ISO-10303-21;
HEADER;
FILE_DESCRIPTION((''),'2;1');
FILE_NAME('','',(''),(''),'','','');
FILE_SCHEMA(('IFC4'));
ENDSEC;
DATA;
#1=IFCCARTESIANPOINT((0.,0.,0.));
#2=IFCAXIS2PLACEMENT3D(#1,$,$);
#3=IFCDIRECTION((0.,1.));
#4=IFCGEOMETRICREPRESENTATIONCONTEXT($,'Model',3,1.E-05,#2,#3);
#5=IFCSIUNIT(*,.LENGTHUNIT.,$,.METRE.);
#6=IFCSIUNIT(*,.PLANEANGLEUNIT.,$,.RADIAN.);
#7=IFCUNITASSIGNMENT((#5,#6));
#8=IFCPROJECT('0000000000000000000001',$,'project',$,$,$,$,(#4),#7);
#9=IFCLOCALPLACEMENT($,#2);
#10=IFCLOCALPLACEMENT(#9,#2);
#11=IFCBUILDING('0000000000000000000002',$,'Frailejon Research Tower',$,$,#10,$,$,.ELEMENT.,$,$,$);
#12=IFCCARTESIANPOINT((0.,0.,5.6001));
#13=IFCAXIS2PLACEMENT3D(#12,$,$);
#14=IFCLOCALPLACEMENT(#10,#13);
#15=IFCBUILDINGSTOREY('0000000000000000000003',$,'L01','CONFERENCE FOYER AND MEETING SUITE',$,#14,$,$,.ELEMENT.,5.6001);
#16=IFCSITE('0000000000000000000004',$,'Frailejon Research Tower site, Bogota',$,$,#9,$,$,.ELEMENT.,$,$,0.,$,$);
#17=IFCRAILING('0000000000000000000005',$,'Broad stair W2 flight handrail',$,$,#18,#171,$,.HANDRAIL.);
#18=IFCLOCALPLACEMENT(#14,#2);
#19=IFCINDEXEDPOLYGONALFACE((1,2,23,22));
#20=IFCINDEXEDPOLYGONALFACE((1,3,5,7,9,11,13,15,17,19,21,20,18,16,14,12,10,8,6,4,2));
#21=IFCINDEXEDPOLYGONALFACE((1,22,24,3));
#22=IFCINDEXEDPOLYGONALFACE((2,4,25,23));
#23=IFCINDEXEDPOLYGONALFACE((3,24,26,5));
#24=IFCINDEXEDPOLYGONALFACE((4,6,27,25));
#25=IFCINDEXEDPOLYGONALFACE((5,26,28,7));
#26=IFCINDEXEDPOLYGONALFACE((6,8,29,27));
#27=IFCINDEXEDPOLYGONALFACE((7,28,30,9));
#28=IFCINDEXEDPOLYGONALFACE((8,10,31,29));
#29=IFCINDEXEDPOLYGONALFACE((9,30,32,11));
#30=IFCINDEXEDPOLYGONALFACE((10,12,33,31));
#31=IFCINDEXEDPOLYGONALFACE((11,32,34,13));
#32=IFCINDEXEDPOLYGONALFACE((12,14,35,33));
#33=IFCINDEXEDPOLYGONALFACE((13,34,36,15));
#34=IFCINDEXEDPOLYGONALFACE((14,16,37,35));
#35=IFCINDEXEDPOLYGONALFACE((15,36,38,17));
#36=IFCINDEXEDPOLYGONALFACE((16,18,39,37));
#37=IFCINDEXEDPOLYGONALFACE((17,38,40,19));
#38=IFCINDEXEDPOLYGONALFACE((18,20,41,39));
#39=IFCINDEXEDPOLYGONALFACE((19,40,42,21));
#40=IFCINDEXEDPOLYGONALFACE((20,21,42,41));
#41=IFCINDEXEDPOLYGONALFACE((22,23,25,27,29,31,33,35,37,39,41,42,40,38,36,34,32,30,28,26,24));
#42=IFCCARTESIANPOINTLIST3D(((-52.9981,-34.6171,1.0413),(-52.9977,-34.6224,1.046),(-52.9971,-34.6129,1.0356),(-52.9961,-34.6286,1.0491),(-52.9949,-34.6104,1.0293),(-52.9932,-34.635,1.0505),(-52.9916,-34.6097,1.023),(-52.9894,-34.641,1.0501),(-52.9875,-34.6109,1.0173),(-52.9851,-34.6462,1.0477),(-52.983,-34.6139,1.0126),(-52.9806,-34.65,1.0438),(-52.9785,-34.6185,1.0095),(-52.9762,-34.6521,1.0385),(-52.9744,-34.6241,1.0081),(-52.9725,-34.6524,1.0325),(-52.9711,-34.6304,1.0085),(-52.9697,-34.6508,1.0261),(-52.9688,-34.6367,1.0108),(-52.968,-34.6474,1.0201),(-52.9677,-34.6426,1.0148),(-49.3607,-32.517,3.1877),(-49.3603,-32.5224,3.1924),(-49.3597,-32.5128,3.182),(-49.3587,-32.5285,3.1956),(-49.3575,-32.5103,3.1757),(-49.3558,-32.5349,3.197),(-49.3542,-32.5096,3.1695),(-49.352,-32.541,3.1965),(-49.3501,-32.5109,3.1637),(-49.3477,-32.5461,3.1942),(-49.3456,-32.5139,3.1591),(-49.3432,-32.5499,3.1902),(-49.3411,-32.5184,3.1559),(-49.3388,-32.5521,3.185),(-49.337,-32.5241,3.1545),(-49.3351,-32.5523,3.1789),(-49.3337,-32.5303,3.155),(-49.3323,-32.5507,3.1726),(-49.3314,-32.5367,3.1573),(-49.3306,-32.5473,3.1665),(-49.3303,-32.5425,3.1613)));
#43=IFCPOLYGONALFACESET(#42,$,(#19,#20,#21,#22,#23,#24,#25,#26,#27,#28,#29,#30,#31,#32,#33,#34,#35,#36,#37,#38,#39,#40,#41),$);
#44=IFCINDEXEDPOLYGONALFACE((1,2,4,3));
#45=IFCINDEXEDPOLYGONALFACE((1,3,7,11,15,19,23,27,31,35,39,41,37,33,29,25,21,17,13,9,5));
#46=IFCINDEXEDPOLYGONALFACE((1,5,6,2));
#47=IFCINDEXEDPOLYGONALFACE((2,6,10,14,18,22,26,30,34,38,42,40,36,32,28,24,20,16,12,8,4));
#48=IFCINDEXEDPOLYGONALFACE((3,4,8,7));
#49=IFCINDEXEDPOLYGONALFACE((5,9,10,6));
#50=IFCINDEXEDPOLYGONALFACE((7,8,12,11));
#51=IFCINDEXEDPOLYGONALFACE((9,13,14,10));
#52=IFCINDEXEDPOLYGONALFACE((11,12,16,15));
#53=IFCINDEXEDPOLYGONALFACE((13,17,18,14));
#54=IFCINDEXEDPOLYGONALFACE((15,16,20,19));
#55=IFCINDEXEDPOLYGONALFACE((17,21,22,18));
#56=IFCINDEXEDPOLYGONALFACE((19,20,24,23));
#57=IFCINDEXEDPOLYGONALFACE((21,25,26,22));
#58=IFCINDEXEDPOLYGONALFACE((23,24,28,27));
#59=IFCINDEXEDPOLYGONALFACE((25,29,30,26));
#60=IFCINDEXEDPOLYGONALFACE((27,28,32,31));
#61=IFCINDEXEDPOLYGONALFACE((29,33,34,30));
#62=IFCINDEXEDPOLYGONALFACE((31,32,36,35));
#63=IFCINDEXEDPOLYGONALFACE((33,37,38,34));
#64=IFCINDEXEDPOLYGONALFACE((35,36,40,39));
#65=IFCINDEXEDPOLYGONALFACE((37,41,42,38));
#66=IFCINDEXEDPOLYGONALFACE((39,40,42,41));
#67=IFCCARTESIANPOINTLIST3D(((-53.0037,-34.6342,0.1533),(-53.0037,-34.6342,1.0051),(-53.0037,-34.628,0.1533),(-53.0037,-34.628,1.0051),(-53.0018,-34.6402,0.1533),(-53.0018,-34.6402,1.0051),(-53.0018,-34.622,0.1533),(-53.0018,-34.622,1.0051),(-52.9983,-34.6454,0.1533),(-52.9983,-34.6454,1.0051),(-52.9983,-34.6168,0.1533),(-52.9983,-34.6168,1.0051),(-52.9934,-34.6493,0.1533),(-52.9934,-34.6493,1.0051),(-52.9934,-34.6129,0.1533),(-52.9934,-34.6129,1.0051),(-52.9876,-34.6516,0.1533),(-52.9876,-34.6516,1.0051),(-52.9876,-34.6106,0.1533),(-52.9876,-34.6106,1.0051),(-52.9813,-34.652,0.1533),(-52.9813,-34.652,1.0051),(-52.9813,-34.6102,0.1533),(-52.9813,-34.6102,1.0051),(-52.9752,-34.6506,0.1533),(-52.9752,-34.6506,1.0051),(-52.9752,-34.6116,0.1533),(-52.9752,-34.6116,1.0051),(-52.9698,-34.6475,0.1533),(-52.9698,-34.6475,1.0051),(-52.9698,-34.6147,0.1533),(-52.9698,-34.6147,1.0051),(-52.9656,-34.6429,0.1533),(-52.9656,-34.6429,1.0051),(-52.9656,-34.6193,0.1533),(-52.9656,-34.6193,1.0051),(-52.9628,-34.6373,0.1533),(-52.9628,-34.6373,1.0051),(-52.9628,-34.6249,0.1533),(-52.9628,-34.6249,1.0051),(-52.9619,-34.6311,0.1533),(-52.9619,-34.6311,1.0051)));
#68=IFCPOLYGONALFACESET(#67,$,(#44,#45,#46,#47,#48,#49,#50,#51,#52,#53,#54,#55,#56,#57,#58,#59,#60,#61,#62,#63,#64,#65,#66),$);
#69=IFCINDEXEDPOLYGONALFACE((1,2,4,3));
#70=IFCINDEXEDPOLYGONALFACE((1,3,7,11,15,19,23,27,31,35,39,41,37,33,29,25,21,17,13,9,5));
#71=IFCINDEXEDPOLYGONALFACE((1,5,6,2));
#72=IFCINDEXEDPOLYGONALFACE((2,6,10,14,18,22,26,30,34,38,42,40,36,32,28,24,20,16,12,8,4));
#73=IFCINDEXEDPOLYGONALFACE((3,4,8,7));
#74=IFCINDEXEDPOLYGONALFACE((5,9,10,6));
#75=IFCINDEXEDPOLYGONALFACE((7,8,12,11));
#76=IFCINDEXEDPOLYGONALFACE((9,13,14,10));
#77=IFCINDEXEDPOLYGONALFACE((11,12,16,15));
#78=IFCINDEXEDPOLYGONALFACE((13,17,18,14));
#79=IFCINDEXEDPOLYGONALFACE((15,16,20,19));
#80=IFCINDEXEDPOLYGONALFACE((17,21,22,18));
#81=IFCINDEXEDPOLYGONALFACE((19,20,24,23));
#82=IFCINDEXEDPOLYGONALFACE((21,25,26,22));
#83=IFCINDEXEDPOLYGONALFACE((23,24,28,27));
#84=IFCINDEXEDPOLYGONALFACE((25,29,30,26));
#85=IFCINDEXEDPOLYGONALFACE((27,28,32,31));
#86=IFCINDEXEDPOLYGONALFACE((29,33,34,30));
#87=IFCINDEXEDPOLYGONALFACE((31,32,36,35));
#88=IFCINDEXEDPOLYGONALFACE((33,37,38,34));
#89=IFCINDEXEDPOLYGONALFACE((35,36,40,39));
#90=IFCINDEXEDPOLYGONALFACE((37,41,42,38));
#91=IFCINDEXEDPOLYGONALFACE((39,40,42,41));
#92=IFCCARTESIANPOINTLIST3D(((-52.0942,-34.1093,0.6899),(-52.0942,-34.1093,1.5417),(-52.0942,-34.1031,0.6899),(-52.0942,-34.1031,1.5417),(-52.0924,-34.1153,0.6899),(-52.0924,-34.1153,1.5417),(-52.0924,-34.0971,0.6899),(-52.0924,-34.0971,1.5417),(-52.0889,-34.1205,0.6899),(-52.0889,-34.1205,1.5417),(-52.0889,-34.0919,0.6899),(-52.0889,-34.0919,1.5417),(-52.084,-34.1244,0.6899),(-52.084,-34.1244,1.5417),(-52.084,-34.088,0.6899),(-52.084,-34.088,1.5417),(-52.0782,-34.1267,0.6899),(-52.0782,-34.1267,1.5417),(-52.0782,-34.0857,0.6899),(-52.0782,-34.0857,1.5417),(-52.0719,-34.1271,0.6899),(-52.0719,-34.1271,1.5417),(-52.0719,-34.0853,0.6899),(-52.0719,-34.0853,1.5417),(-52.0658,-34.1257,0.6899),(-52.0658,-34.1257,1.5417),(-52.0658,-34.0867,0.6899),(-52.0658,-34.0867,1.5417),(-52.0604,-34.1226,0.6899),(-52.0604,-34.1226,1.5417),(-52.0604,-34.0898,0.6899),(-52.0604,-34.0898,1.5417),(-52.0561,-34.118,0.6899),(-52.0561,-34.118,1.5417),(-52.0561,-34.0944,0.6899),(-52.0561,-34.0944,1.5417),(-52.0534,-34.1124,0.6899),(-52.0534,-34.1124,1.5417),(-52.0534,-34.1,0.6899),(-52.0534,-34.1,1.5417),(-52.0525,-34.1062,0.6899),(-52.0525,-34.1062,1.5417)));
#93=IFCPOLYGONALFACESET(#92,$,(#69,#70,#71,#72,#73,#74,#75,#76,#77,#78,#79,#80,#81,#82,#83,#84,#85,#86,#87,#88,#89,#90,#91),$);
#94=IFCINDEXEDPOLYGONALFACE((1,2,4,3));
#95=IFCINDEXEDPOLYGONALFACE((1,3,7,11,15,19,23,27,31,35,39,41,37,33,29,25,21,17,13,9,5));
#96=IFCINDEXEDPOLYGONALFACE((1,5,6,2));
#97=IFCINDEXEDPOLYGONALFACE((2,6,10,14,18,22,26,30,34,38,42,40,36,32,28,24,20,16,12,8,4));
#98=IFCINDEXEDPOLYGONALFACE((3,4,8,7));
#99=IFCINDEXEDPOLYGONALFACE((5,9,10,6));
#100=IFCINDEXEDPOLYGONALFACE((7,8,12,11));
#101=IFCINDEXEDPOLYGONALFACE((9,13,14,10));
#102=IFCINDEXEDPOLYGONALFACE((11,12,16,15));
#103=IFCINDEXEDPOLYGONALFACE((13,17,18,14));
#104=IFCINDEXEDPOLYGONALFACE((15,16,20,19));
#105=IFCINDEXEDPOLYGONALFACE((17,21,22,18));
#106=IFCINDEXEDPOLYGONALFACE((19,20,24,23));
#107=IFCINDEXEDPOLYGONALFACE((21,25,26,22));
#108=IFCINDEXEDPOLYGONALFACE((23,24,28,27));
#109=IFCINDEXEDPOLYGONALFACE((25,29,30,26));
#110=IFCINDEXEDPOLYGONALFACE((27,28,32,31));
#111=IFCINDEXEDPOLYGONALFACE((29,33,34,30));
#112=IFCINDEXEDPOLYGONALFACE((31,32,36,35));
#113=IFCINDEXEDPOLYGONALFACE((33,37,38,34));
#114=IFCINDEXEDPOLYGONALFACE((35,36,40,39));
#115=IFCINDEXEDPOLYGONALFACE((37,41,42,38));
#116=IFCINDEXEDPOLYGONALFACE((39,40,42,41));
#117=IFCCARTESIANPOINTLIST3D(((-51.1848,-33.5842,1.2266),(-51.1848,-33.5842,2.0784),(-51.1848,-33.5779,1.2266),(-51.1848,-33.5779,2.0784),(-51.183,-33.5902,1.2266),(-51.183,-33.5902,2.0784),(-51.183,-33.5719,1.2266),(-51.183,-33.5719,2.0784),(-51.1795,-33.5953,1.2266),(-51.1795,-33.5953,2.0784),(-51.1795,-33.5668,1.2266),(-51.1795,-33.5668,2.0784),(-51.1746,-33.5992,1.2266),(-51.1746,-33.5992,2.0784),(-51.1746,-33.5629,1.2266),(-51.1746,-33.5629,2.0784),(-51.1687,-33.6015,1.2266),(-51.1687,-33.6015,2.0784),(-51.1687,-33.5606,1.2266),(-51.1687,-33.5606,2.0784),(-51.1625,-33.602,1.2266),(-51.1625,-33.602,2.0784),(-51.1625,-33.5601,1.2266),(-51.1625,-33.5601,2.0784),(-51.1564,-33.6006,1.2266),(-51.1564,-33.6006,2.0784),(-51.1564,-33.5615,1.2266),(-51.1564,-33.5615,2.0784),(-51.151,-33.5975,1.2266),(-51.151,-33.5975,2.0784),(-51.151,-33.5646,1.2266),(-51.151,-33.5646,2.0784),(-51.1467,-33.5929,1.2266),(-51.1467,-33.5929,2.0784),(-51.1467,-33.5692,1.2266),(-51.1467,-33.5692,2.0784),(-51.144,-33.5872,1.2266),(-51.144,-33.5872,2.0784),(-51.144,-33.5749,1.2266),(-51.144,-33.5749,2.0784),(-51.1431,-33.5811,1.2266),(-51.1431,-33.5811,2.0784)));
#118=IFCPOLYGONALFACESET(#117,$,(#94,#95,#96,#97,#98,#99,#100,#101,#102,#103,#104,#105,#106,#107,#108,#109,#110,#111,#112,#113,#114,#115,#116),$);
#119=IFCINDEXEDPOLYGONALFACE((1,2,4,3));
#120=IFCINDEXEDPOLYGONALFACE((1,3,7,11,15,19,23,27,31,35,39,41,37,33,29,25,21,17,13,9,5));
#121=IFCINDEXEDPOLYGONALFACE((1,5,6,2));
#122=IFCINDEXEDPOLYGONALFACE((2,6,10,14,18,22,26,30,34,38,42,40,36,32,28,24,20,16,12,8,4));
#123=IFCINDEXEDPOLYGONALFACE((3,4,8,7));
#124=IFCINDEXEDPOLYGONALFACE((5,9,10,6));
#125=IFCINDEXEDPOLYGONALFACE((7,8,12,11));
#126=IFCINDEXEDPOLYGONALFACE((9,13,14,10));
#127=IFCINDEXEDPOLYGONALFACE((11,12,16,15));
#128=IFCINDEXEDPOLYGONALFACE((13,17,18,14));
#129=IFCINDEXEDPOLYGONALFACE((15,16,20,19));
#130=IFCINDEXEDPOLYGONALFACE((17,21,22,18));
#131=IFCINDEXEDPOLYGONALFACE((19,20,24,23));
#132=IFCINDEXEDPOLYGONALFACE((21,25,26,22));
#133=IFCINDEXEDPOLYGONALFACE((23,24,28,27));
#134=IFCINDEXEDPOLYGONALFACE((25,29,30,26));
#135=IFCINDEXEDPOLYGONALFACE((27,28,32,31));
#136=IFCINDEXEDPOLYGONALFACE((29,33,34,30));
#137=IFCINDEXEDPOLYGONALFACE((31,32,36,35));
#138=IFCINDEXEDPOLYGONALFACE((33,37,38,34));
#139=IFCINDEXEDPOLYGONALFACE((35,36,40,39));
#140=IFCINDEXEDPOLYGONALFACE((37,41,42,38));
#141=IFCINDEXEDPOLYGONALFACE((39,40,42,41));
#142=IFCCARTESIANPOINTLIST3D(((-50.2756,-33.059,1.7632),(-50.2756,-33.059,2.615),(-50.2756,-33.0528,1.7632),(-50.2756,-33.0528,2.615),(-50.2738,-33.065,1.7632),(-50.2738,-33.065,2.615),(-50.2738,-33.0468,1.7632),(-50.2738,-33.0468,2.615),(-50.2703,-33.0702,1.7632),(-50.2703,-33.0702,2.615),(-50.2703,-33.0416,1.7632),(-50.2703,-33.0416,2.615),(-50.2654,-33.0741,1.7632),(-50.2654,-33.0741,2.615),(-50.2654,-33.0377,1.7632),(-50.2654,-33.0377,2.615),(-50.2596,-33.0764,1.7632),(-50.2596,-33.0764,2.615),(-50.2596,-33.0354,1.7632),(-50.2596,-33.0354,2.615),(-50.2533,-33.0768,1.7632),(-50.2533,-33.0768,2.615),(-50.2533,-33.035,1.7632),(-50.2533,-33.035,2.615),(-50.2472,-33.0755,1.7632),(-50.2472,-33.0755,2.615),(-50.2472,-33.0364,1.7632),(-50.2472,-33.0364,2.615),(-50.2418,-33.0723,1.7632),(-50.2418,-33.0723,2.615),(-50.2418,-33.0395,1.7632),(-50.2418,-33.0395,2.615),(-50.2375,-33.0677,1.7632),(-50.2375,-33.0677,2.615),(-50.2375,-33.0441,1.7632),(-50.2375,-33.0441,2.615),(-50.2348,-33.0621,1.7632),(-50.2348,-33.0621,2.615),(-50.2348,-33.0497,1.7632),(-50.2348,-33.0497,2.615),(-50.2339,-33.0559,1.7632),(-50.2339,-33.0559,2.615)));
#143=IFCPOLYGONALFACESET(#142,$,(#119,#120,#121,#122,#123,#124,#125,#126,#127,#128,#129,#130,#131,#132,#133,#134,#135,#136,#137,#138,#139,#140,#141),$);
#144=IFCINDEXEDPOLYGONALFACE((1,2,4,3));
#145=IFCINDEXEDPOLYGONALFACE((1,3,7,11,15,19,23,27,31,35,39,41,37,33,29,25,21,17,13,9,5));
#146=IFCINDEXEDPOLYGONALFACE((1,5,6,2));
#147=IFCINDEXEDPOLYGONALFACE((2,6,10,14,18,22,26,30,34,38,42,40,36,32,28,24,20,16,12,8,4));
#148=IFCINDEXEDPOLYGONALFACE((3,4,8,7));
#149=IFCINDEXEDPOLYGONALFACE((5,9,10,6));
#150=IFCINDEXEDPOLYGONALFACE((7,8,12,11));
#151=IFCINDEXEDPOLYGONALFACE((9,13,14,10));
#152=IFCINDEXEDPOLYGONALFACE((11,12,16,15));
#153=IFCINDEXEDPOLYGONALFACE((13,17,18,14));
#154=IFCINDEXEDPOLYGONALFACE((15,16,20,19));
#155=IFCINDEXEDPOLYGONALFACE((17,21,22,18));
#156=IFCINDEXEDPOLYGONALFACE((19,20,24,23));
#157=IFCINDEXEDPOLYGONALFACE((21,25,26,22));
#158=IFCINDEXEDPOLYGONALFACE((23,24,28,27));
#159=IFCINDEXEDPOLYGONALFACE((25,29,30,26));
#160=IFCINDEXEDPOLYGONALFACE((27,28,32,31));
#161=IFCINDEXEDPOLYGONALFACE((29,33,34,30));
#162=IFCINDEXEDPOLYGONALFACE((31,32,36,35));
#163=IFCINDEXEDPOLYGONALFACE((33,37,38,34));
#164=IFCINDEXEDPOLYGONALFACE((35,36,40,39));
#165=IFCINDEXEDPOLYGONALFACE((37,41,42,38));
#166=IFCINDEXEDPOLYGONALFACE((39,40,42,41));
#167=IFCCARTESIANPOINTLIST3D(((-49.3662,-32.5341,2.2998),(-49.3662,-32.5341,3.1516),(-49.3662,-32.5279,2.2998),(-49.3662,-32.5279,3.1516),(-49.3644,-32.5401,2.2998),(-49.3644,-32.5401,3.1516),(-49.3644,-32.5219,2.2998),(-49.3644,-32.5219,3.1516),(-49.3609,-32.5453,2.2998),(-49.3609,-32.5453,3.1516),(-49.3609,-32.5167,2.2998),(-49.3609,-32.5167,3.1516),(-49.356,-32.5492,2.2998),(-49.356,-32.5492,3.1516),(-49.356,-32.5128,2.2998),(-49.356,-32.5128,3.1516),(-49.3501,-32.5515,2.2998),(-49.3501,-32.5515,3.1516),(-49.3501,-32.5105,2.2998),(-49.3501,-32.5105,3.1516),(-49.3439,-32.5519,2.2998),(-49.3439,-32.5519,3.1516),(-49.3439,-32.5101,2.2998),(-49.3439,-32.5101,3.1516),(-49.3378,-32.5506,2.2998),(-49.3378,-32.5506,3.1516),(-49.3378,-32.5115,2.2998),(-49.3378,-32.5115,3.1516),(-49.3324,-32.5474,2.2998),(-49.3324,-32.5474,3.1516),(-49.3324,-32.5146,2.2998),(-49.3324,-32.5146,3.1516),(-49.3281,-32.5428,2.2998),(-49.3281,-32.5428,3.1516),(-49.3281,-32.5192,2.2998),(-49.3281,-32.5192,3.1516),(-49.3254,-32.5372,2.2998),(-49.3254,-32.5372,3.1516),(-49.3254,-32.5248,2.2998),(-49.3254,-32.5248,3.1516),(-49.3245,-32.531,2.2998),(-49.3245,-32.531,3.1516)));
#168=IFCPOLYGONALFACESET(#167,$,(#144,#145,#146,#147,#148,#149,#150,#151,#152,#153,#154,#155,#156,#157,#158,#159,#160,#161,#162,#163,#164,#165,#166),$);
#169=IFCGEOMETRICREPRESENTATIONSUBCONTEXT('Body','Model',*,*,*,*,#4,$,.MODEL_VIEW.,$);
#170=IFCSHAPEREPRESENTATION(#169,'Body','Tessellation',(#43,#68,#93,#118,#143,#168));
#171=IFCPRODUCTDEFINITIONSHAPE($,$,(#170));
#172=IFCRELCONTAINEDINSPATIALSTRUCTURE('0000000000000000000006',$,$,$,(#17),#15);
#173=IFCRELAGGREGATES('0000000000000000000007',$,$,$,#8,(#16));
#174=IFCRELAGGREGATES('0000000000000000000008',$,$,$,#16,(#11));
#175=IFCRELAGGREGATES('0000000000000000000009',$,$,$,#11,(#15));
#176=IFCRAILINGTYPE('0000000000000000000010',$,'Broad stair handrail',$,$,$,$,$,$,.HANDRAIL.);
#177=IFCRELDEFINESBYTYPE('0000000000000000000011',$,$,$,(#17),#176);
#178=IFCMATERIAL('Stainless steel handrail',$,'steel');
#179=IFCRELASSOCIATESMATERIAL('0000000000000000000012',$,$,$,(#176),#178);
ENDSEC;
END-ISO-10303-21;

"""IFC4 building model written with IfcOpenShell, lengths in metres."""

from ifc_helpers import new_model, si_unit, direction, frame, origin, origin_2d, place, context, subcontext, project, spatial, circle, extrude, material, type_object, element, save


model = new_model("IFC4")

# Units and contexts
model_context = context("Model", 3, precision=1e-05, world=origin(), true_north=direction((0.0, 1.0)))
body_context = subcontext(model_context, "Body", "Model", "MODEL_VIEW")
ifc_project = project(units=[si_unit("LENGTHUNIT", "METRE"), si_unit("PLANEANGLEUNIT", "RADIAN")], contexts=[model_context])

# Site, building, storey
site_placement = place(None, origin())
site = spatial("IfcSite", under=ifc_project, at=site_placement, Name="Frailejon Research Tower site, Bogota", CompositionType="ELEMENT", RefElevation=0.0)
building_placement = place(site_placement, origin())
building = spatial("IfcBuilding", under=site, at=building_placement, Name="Frailejon Research Tower", CompositionType="ELEMENT")
storey_placement = place(building_placement, frame((0.0, 0.0, 5.6001)))
storey = spatial("IfcBuildingStorey", under=building, at=storey_placement, Name="L01", Description="CONFERENCE FOYER AND MEETING SUITE", CompositionType="ELEMENT", Elevation=5.6001)

# Railing
ifc_material_1 = material(Name="Stainless steel handrail", Category="steel")
railing_type_1 = type_object("IfcRailingType", Name="Broad stair handrail", PredefinedType="HANDRAIL", material=ifc_material_1)
railing_1_placement = place(storey_placement, frame((-52.9829, -34.6311, 0.1533)))
element("IfcRailing", 1, at=railing_1_placement, inside=storey, type_object=railing_type_1, Name="Broad stair W2 flight handrail", PredefinedType="HANDRAIL", context=body_context, shape_type="SweptSolid", body=[
    extrude(circle(Radius=0.0239, at=origin_2d()), frame((0.0, 0.0, 0.876), z_axis=(0.771158, 0.445231, 0.455065), x_axis=(-0.500003, 0.866024, 0.0)), (0.0, 0.0, 1.0), 4.7168),
    extrude(circle(Radius=0.021, at=origin_2d()), origin(), (0.0, 0.0, 1.0), 0.8518),
    extrude(circle(Radius=0.021, at=origin_2d()), frame((0.9094, 0.5249, 0.5366)), (0.0, 0.0, 1.0), 0.8518),
    extrude(circle(Radius=0.021, at=origin_2d()), frame((1.8188, 1.05, 1.0732)), (0.0, 0.0, 1.0), 0.8518),
    extrude(circle(Radius=0.021, at=origin_2d()), frame((2.728, 1.5752, 1.6099)), (0.0, 0.0, 1.0), 0.8518),
    extrude(circle(Radius=0.021, at=origin_2d()), frame((3.6375, 2.1001, 2.1465)), (0.0, 0.0, 1.0), 0.8518),
])

save(model, "model.ifc")
